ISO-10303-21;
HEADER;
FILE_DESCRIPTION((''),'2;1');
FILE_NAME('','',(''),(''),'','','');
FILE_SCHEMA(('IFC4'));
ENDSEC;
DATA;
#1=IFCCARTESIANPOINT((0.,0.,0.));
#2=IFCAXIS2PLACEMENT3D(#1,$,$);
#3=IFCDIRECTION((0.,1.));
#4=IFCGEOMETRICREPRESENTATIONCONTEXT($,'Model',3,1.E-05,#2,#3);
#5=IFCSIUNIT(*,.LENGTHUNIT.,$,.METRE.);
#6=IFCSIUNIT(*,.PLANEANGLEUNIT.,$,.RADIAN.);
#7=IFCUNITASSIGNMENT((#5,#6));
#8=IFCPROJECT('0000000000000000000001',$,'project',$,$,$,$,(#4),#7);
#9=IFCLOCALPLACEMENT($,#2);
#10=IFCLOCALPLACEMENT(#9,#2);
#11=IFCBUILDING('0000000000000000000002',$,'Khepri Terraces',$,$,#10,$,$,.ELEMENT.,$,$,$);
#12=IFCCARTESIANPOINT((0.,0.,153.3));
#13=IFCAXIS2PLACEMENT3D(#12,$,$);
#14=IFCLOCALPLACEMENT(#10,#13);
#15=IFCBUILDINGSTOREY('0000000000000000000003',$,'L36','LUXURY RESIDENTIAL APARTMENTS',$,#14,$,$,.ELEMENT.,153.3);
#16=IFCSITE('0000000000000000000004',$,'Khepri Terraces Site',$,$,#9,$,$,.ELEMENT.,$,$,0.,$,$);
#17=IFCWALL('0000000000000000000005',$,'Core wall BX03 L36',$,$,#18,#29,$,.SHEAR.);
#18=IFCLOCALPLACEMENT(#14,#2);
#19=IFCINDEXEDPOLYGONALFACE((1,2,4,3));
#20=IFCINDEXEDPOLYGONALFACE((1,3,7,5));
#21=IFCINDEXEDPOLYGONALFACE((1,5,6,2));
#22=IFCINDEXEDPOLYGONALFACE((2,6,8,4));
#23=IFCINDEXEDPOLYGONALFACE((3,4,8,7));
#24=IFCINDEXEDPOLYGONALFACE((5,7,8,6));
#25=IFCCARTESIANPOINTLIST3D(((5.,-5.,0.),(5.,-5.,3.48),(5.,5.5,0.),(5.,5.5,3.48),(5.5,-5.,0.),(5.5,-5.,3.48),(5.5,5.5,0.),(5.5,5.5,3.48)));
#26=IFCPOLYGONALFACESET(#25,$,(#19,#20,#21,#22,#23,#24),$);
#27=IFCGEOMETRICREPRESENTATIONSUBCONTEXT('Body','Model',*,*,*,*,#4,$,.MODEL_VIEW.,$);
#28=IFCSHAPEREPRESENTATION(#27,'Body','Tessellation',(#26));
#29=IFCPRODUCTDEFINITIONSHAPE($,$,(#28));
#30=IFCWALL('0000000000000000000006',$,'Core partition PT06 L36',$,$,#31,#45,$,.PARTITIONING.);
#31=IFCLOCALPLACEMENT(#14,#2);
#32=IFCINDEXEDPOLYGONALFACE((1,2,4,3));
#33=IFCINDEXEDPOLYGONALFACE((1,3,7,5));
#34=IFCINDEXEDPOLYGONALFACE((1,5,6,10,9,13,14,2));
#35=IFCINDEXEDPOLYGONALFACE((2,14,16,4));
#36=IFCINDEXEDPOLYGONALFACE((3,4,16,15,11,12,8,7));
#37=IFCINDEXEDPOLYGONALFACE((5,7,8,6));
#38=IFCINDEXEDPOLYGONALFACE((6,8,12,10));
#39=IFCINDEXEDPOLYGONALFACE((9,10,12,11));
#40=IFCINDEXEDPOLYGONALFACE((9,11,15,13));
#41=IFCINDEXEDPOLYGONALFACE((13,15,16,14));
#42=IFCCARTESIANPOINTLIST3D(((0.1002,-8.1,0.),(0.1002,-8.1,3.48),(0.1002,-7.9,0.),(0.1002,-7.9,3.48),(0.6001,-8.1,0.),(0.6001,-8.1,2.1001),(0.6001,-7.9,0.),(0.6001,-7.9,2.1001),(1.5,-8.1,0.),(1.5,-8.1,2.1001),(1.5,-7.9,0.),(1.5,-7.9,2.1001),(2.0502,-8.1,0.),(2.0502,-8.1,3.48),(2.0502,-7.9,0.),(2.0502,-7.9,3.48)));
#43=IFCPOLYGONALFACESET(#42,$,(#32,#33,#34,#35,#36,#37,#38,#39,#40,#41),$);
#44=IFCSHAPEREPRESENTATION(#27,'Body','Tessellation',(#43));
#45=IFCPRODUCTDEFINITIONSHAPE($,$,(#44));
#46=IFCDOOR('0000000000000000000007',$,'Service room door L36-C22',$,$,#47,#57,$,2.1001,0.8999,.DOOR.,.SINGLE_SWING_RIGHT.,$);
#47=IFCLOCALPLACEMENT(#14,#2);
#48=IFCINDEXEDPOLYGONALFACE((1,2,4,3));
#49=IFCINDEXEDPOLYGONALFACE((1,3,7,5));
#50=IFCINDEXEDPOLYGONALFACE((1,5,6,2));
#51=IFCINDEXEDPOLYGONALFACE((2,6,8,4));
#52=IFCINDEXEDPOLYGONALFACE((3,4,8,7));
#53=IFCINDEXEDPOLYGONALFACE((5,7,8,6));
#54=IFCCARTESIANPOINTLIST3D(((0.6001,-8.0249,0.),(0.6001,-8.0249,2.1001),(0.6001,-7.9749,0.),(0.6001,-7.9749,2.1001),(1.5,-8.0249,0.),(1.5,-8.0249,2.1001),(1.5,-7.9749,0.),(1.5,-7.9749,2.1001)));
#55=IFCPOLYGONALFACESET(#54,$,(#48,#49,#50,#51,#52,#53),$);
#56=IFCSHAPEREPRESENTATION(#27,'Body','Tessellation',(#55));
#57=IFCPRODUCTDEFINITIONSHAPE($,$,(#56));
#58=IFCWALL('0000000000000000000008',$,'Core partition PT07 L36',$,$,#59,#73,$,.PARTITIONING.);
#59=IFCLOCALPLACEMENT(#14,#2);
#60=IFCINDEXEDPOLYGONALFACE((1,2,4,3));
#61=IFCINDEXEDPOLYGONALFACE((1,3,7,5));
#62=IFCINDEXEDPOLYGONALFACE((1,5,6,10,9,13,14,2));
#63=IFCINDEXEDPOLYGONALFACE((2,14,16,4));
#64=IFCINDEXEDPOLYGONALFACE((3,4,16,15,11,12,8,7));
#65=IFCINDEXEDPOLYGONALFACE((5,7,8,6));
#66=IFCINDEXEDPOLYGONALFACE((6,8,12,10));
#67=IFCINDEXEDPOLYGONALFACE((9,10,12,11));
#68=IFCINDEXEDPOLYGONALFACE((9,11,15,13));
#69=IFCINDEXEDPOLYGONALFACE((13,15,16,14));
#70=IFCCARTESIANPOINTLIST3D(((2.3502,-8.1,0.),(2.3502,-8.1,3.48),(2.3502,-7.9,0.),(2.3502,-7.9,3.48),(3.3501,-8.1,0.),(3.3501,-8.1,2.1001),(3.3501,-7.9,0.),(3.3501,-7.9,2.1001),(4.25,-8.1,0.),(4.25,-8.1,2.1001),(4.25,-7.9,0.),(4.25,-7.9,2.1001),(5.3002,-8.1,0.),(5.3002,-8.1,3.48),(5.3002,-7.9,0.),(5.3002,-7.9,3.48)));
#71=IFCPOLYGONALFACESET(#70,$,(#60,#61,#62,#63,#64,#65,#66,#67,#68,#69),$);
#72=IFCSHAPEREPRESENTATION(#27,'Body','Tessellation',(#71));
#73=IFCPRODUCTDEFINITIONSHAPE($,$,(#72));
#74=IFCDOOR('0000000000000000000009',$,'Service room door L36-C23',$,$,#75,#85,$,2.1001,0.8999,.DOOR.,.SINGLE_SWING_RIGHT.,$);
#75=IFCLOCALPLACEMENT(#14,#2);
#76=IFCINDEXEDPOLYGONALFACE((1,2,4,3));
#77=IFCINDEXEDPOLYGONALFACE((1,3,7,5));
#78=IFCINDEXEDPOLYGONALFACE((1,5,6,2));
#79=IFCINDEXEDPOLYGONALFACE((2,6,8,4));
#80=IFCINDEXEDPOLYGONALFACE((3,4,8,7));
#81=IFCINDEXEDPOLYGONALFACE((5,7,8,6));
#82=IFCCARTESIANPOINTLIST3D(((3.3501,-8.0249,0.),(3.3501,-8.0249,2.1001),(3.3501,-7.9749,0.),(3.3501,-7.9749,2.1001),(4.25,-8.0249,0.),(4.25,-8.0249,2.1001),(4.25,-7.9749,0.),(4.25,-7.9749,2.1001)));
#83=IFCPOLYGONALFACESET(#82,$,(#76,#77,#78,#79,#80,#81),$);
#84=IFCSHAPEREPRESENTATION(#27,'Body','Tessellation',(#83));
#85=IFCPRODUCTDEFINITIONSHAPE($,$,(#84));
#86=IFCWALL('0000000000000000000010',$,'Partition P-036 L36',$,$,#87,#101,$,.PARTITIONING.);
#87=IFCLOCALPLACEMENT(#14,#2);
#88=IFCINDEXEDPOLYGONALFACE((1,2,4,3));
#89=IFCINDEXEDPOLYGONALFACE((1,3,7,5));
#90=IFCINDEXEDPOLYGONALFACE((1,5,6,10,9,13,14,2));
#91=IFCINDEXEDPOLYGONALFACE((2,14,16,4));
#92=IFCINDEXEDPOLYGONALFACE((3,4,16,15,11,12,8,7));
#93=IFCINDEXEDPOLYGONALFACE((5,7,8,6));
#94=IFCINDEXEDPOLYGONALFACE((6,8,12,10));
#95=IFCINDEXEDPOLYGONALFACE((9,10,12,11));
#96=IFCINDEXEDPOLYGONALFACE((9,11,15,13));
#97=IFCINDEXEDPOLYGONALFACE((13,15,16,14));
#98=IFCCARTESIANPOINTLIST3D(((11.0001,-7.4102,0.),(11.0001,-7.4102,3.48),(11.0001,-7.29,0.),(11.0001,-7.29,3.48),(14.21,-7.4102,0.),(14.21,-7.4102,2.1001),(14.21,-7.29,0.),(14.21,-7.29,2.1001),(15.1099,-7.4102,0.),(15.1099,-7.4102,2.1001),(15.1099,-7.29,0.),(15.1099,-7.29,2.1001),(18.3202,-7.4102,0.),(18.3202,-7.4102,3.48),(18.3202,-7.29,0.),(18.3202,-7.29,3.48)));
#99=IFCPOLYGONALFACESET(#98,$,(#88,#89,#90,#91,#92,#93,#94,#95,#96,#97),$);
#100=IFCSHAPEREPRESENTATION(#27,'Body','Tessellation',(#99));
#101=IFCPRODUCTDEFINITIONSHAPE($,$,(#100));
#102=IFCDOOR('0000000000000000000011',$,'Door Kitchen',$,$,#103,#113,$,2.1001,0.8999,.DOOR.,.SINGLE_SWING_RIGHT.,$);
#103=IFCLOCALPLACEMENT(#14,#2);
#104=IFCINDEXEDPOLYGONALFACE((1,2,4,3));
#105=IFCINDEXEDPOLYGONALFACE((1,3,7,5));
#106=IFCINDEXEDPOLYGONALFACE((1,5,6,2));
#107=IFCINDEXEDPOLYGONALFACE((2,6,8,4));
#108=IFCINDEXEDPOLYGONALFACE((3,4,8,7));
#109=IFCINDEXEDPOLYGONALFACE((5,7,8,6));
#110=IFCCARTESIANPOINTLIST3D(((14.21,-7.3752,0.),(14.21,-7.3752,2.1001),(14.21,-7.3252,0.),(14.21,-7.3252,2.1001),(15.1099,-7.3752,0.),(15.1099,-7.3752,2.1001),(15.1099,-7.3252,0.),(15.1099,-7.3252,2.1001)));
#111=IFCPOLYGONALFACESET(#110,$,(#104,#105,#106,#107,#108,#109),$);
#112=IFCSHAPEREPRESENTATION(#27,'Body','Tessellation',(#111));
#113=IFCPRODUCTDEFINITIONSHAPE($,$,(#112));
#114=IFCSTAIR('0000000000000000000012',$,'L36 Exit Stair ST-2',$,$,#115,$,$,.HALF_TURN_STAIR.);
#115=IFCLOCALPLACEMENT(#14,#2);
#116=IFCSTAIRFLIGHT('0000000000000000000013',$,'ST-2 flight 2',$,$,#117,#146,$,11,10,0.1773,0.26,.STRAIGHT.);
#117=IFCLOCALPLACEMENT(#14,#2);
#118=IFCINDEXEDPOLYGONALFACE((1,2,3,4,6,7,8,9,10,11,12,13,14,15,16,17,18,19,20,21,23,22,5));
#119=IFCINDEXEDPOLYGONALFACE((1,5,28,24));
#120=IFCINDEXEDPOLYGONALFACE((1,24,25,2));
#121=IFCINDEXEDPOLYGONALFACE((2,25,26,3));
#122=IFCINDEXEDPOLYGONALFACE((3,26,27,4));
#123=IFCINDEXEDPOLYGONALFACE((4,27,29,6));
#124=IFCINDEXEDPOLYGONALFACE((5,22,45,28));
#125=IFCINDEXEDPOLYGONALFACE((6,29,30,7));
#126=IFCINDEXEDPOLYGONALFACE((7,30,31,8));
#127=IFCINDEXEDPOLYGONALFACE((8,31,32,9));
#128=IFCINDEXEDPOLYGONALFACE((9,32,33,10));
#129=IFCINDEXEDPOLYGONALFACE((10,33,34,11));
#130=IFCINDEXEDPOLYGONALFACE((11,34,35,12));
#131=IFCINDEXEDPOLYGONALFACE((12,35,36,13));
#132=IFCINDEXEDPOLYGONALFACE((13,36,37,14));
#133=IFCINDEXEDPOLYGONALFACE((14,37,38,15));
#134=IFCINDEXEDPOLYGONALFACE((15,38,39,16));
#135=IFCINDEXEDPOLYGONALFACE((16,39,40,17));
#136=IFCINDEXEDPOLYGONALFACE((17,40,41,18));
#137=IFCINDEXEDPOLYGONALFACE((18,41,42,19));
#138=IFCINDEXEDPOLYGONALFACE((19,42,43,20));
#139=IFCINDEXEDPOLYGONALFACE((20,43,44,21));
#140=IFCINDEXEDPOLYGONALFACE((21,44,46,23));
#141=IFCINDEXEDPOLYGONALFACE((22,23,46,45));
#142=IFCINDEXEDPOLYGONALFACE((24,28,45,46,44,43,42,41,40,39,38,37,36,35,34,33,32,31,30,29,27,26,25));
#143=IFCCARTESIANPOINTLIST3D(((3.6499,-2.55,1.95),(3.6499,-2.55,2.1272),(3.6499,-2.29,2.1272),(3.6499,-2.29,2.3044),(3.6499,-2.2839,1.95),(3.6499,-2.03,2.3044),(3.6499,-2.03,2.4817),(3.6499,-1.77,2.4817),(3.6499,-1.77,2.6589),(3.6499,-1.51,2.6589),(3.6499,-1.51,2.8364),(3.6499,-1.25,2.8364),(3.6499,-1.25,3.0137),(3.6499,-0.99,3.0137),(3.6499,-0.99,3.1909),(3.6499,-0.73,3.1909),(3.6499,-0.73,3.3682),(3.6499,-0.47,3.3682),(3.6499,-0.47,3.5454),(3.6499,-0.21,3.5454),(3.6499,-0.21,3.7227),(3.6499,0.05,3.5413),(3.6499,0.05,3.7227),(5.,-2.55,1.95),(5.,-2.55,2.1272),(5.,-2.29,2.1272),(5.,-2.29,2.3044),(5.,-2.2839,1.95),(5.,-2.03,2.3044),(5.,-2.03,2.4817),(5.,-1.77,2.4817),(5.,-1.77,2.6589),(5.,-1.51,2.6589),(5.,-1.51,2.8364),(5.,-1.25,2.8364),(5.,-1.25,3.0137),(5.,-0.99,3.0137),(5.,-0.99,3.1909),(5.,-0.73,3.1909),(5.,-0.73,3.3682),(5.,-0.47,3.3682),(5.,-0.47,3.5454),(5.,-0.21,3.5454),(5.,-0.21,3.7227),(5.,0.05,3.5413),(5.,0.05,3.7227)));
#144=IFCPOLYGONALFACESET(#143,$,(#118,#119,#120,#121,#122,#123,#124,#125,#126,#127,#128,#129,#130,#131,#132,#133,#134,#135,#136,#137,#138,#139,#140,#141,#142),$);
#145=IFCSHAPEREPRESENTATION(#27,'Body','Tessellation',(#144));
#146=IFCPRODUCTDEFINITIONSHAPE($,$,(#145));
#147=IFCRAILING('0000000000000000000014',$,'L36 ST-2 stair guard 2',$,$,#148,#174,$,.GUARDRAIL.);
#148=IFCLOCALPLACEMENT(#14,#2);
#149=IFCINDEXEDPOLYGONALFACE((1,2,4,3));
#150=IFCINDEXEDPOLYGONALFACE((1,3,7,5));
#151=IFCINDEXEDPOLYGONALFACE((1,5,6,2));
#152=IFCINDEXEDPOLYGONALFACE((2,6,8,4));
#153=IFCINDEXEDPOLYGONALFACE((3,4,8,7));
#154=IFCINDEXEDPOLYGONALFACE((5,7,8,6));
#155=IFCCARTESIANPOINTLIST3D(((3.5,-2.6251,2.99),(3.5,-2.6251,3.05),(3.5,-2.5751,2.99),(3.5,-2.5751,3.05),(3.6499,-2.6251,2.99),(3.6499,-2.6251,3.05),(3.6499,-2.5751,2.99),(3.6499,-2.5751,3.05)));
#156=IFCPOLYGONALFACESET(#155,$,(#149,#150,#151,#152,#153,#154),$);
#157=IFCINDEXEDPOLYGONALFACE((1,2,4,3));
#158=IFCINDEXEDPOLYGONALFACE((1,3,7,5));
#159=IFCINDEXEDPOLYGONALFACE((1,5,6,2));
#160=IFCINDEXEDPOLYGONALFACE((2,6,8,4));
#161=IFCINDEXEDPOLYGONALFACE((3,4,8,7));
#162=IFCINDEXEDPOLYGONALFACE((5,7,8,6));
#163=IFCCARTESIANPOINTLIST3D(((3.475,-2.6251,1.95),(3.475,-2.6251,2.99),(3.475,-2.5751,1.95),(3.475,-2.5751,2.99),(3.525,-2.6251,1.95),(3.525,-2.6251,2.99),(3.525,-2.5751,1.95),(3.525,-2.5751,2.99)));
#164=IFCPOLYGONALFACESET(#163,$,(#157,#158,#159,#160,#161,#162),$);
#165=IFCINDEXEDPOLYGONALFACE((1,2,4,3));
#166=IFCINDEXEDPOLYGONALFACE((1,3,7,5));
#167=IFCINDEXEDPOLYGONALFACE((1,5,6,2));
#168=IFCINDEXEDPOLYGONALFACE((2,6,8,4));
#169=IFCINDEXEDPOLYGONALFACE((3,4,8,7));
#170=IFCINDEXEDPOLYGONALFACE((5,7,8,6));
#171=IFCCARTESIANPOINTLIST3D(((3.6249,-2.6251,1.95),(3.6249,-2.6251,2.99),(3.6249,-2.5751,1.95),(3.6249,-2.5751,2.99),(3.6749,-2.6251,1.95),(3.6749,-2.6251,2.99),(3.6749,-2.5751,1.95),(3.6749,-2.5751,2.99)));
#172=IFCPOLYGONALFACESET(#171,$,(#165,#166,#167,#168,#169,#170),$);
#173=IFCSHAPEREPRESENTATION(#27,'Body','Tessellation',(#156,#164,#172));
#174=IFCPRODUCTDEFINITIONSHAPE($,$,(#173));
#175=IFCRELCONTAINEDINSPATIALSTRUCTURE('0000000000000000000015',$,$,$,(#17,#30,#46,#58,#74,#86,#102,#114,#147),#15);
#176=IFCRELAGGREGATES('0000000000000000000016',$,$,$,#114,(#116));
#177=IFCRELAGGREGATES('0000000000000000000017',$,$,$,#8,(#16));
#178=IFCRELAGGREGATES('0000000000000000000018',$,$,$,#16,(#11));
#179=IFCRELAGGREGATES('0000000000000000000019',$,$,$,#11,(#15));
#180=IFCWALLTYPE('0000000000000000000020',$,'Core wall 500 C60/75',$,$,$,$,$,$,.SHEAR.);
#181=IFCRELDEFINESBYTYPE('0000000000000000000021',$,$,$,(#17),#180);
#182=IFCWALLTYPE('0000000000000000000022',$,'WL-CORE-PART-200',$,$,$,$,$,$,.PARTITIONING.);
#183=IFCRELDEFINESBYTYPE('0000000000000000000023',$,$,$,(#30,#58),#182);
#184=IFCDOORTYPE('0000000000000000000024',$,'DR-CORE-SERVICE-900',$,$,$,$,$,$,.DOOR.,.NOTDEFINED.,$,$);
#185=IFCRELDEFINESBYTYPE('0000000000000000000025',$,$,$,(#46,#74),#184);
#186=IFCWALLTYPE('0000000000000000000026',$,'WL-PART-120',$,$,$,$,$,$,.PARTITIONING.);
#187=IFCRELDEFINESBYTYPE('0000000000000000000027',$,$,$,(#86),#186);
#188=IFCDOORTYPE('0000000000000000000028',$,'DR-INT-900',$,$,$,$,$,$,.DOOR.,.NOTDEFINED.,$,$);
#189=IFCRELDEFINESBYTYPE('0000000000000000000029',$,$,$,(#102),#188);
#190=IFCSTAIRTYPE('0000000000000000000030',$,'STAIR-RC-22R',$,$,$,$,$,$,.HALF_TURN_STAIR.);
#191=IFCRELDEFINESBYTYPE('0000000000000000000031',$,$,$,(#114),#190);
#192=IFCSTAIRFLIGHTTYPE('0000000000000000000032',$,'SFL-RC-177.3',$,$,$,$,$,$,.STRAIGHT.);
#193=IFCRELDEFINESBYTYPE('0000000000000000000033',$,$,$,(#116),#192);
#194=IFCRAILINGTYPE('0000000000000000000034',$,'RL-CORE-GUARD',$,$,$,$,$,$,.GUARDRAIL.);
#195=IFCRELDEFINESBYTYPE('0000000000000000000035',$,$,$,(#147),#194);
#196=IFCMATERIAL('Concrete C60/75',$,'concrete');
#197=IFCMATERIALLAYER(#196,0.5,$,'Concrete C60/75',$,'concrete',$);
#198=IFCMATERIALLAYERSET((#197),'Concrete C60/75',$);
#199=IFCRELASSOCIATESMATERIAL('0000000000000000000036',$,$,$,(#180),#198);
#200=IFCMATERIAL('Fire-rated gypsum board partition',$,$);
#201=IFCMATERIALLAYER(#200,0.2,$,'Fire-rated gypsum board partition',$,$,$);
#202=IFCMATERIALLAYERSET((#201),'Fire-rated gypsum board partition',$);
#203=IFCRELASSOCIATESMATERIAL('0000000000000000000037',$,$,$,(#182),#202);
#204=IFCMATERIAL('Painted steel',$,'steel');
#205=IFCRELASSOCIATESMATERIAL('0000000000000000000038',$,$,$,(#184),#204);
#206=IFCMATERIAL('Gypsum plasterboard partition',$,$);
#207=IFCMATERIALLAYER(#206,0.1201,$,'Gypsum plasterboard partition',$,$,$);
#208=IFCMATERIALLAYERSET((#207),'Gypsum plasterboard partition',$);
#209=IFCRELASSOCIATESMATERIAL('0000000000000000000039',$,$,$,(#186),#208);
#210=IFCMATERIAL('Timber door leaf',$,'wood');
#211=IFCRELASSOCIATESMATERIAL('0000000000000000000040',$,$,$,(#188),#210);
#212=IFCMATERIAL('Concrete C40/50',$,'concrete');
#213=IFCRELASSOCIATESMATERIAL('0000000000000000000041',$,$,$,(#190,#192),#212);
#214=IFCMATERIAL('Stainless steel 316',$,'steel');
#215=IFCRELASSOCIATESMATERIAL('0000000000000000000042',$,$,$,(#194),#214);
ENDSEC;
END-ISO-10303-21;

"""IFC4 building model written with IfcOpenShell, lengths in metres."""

from ifc_helpers import new_model, si_unit, direction, frame, frame_2d, origin, origin_2d, place, context, subcontext, project, spatial, polyline, rectangle, outline, extrude, material, layer, layer_set, type_object, element, fill, aggregate, save


model = new_model("IFC4")

# Units and contexts
model_context = context("Model", 3, precision=1e-05, world=origin(), true_north=direction((0.0, 1.0)))
body_context = subcontext(model_context, "Body", "Model", "MODEL_VIEW")
ifc_project = project(units=[si_unit("LENGTHUNIT", "METRE"), si_unit("PLANEANGLEUNIT", "RADIAN")], contexts=[model_context])

# Site, building, storey
site_placement = place(None, origin())
site = spatial("IfcSite", under=ifc_project, at=site_placement, Name="Khepri Terraces Site", CompositionType="ELEMENT", RefElevation=0.0)
building_placement = place(site_placement, origin())
building = spatial("IfcBuilding", under=site, at=building_placement, Name="Khepri Terraces", CompositionType="ELEMENT")
storey_placement = place(building_placement, frame((0.0, 0.0, 153.3)))
storey = spatial("IfcBuildingStorey", under=building, at=storey_placement, Name="L36", Description="LUXURY RESIDENTIAL APARTMENTS", CompositionType="ELEMENT", Elevation=153.3)

# Shared definitions
ifc_material_1 = material(Name="Concrete C60/75", Category="concrete")
ifc_material_2 = material(Name="Painted steel", Category="steel")

# Wall
ifc_layer_1 = layer(ifc_material_1, 0.5, Name="Concrete C60/75", Category="concrete")
ifc_layer_set_1 = layer_set([ifc_layer_1], Name="Concrete C60/75")
wall_type_1 = type_object("IfcWallType", Name="Core wall 500 C60/75", PredefinedType="SHEAR", material=ifc_layer_set_1)
wall_1_placement = place(storey_placement, frame((5.25, -5.0, 0.0), z_axis=(0.0, 0.0, 1.0), x_axis=(0.0, 1.0, 0.0)))
element("IfcWall", 1, at=wall_1_placement, inside=storey, type_object=wall_type_1, Name="Core wall BX03 L36", PredefinedType="SHEAR", context=body_context, shape_type="SweptSolid", body=[
    extrude(rectangle(XDim=10.5, YDim=0.5, at=frame_2d((5.25, 0.0))), origin(), (0.0, 0.0, 1.0), 3.48),
])

# Walls, openings, doors
ifc_material_3 = material(Name="Fire-rated gypsum board partition")
ifc_layer_2 = layer(ifc_material_3, 0.2, Name="Fire-rated gypsum board partition")
ifc_layer_set_2 = layer_set([ifc_layer_2], Name="Fire-rated gypsum board partition")
wall_type_2 = type_object("IfcWallType", Name="WL-CORE-PART-200", PredefinedType="PARTITIONING", material=ifc_layer_set_2)
wall_2_placement = place(storey_placement, frame((0.1001, -8.0, 0.0), z_axis=(0.0, 0.0, 1.0), x_axis=(1.0, 0.0, 0.0)))
wall_2 = element("IfcWall", 2, at=wall_2_placement, inside=storey, type_object=wall_type_2, Name="Core partition PT06 L36", PredefinedType="PARTITIONING", context=body_context, shape_type="SweptSolid", body=[
    extrude(rectangle(XDim=1.95, YDim=0.2, at=frame_2d((0.9751, 0.0))), origin(), (0.0, 0.0, 1.0), 3.48),
])
opening_1_placement = place(wall_2_placement, frame((0.5, 0.0, 0.0)))
opening_1 = element("IfcOpeningElement", 3, at=opening_1_placement, cuts=wall_2, PredefinedType="OPENING", context=body_context, shape_type="SweptSolid", body=[
    extrude(rectangle(XDim=0.8999, YDim=2.1001, at=frame_2d((0.45, 1.05))), frame((0.0, 0.1099, 0.0), z_axis=(0.0, -1.0, 0.0), x_axis=(1.0, 0.0, 0.0)), (0.0, 0.0, 1.0), 0.22),
])
door_type_1 = type_object("IfcDoorType", Name="DR-CORE-SERVICE-900", OperationType="NOTDEFINED", PredefinedType="DOOR", material=ifc_material_2)
door_1_placement = place(opening_1_placement, frame((0.8999, 0.0, 0.0), z_axis=(0.0, 0.0, 1.0), x_axis=(-1.0, 0.0, 0.0)))
door_1 = element("IfcDoor", 4, at=door_1_placement, inside=storey, type_object=door_type_1, Name="Service room door L36-C22", OperationType="SINGLE_SWING_RIGHT", OverallHeight=2.1001, OverallWidth=0.8999, PredefinedType="DOOR", context=body_context, shape_type="SweptSolid", body=[
    extrude(rectangle(XDim=0.8999, YDim=2.1001, at=frame_2d((0.45, 1.05))), frame((0.0, 0.0249, 0.0), z_axis=(0.0, -1.0, 0.0), x_axis=(1.0, 0.0, 0.0)), (0.0, 0.0, 1.0), 0.05),
])
fill(opening_1, door_1)
wall_3_placement = place(storey_placement, frame((2.3501, -8.0, 0.0), z_axis=(0.0, 0.0, 1.0), x_axis=(1.0, 0.0, 0.0)))
wall_3 = element("IfcWall", 5, at=wall_3_placement, inside=storey, type_object=wall_type_2, Name="Core partition PT07 L36", PredefinedType="PARTITIONING", context=body_context, shape_type="SweptSolid", body=[
    extrude(rectangle(XDim=2.95, YDim=0.2, at=frame_2d((1.4751, 0.0))), origin(), (0.0, 0.0, 1.0), 3.48),
])
opening_2_placement = place(wall_3_placement, frame((1.0, 0.0, 0.0)))
opening_2 = element("IfcOpeningElement", 6, at=opening_2_placement, cuts=wall_3, PredefinedType="OPENING", context=body_context, shape_type="SweptSolid", body=[
    extrude(rectangle(XDim=0.8999, YDim=2.1001, at=frame_2d((0.45, 1.05))), frame((0.0, 0.1099, 0.0), z_axis=(0.0, -1.0, 0.0), x_axis=(1.0, 0.0, 0.0)), (0.0, 0.0, 1.0), 0.22),
])
door_2_placement = place(opening_2_placement, frame((0.8999, 0.0, 0.0), z_axis=(0.0, 0.0, 1.0), x_axis=(-1.0, 0.0, 0.0)))
door_2 = element("IfcDoor", 7, at=door_2_placement, inside=storey, type_object=door_type_1, Name="Service room door L36-C23", OperationType="SINGLE_SWING_RIGHT", OverallHeight=2.1001, OverallWidth=0.8999, PredefinedType="DOOR", context=body_context, shape_type="SweptSolid", body=[
    extrude(rectangle(XDim=0.8999, YDim=2.1001, at=frame_2d((0.45, 1.05))), frame((0.0, 0.0249, 0.0), z_axis=(0.0, -1.0, 0.0), x_axis=(1.0, 0.0, 0.0)), (0.0, 0.0, 1.0), 0.05),
])
fill(opening_2, door_2)
ifc_material_4 = material(Name="Gypsum plasterboard partition")
ifc_layer_3 = layer(ifc_material_4, 0.1201, Name="Gypsum plasterboard partition")
ifc_layer_set_3 = layer_set([ifc_layer_3], Name="Gypsum plasterboard partition")
wall_type_3 = type_object("IfcWallType", Name="WL-PART-120", PredefinedType="PARTITIONING", material=ifc_layer_set_3)
wall_4_placement = place(storey_placement, frame((11.0, -7.3501, 0.0), z_axis=(0.0, 0.0, 1.0), x_axis=(1.0, 0.0, 0.0)))
wall_4 = element("IfcWall", 8, at=wall_4_placement, inside=storey, type_object=wall_type_3, Name="Partition P-036 L36", PredefinedType="PARTITIONING", context=body_context, shape_type="SweptSolid", body=[
    extrude(rectangle(XDim=7.3201, YDim=0.1201, at=frame_2d((3.6602, 0.0))), origin(), (0.0, 0.0, 1.0), 3.48),
])
opening_3_placement = place(wall_4_placement, frame((3.21, 0.0, 0.0)))
opening_3 = element("IfcOpeningElement", 9, at=opening_3_placement, cuts=wall_4, PredefinedType="OPENING", context=body_context, shape_type="SweptSolid", body=[
    extrude(rectangle(XDim=0.8999, YDim=2.1001, at=frame_2d((0.45, 1.05))), frame((0.0, 0.0701, 0.0), z_axis=(0.0, -1.0, 0.0), x_axis=(1.0, 0.0, 0.0)), (0.0, 0.0, 1.0), 0.1401),
])
ifc_material_5 = material(Name="Timber door leaf", Category="wood")
door_type_2 = type_object("IfcDoorType", Name="DR-INT-900", OperationType="NOTDEFINED", PredefinedType="DOOR", material=ifc_material_5)
door_3_placement = place(opening_3_placement, origin())
door_3 = element("IfcDoor", 10, at=door_3_placement, inside=storey, type_object=door_type_2, Name="Door Kitchen", OperationType="SINGLE_SWING_RIGHT", OverallHeight=2.1001, OverallWidth=0.8999, PredefinedType="DOOR", context=body_context, shape_type="SweptSolid", body=[
    extrude(rectangle(XDim=0.8999, YDim=2.1001, at=frame_2d((0.45, 1.05))), frame((0.0, 0.0249, 0.0), z_axis=(0.0, -1.0, 0.0), x_axis=(1.0, 0.0, 0.0)), (0.0, 0.0, 1.0), 0.05),
])
fill(opening_3, door_3)

# Stair, stair flight
ifc_material_6 = material(Name="Concrete C40/50", Category="concrete")
stair_type = type_object("IfcStairType", Name="STAIR-RC-22R", PredefinedType="HALF_TURN_STAIR", material=ifc_material_6)
stair_placement = place(storey_placement, origin())
stair = element("IfcStair", 11, at=stair_placement, inside=storey, type_object=stair_type, Name="L36 Exit Stair ST-2", PredefinedType="HALF_TURN_STAIR")
stair_flight_type = type_object("IfcStairFlightType", Name="SFL-RC-177.3", PredefinedType="STRAIGHT", material=ifc_material_6)
stair_flight_placement = place(storey_placement, frame((4.325, -2.55, 1.95), z_axis=(0.0, 0.0, 1.0), x_axis=(0.0, 1.0, 0.0)))
stair_flight = element("IfcStairFlight", 12, at=stair_flight_placement, type_object=stair_flight_type, Name="ST-2 flight 2", NumberOfRisers=11, NumberOfTreads=10, PredefinedType="STRAIGHT", RiserHeight=0.1773, TreadLength=0.26, context=body_context, shape_type="SweptSolid", body=[
    extrude(outline(polyline([(0.0, 0.0), (0.0, 0.1772), (0.26, 0.1772), (0.26, 0.3545), (0.52, 0.3545), (0.52, 0.5317), (0.78, 0.5317), (0.78, 0.709), (1.04, 0.709), (1.04, 0.8865), (1.3, 0.8865), (1.3, 1.0637), (1.5601, 1.0637), (1.5601, 1.241), (1.8201, 1.241), (1.8201, 1.4182), (2.0801, 1.4182), (2.0801, 1.5955), (2.3401, 1.5955), (2.3401, 1.7727), (2.6001, 1.7727), (2.6001, 1.95), (2.6001, 1.5913), (0.2661, 0.0), (0.0, 0.0)])), frame((0.0, 0.675, 0.0), z_axis=(0.0, -1.0, 0.0), x_axis=(1.0, 0.0, 0.0)), (0.0, 0.0, 1.0), 1.3501),
])
aggregate(stair, [stair_flight])

# Railing
ifc_material_7 = material(Name="Stainless steel 316", Category="steel")
railing_type_1 = type_object("IfcRailingType", Name="RL-CORE-GUARD", PredefinedType="GUARDRAIL", material=ifc_material_7)
railing_1_placement = place(storey_placement, frame((3.5, -2.6001, 1.95)))
element("IfcRailing", 13, at=railing_1_placement, inside=storey, type_object=railing_type_1, Name="L36 ST-2 stair guard 2", PredefinedType="GUARDRAIL", context=body_context, shape_type="SweptSolid", body=[
    extrude(rectangle(XDim=0.05, YDim=0.0601, at=origin_2d()), frame((0.0, 0.0, 1.0701), z_axis=(1.0, 0.0, 0.0), x_axis=(0.0, 1.0, 0.0)), (0.0, 0.0, 1.0), 0.1499),
    extrude(rectangle(XDim=0.05, YDim=0.05, at=origin_2d()), origin(), (0.0, 0.0, 1.0), 1.04),
    extrude(rectangle(XDim=0.05, YDim=0.05, at=origin_2d()), frame((0.1499, 0.0, 0.0)), (0.0, 0.0, 1.0), 1.04),
])

save(model, "model.ifc")
